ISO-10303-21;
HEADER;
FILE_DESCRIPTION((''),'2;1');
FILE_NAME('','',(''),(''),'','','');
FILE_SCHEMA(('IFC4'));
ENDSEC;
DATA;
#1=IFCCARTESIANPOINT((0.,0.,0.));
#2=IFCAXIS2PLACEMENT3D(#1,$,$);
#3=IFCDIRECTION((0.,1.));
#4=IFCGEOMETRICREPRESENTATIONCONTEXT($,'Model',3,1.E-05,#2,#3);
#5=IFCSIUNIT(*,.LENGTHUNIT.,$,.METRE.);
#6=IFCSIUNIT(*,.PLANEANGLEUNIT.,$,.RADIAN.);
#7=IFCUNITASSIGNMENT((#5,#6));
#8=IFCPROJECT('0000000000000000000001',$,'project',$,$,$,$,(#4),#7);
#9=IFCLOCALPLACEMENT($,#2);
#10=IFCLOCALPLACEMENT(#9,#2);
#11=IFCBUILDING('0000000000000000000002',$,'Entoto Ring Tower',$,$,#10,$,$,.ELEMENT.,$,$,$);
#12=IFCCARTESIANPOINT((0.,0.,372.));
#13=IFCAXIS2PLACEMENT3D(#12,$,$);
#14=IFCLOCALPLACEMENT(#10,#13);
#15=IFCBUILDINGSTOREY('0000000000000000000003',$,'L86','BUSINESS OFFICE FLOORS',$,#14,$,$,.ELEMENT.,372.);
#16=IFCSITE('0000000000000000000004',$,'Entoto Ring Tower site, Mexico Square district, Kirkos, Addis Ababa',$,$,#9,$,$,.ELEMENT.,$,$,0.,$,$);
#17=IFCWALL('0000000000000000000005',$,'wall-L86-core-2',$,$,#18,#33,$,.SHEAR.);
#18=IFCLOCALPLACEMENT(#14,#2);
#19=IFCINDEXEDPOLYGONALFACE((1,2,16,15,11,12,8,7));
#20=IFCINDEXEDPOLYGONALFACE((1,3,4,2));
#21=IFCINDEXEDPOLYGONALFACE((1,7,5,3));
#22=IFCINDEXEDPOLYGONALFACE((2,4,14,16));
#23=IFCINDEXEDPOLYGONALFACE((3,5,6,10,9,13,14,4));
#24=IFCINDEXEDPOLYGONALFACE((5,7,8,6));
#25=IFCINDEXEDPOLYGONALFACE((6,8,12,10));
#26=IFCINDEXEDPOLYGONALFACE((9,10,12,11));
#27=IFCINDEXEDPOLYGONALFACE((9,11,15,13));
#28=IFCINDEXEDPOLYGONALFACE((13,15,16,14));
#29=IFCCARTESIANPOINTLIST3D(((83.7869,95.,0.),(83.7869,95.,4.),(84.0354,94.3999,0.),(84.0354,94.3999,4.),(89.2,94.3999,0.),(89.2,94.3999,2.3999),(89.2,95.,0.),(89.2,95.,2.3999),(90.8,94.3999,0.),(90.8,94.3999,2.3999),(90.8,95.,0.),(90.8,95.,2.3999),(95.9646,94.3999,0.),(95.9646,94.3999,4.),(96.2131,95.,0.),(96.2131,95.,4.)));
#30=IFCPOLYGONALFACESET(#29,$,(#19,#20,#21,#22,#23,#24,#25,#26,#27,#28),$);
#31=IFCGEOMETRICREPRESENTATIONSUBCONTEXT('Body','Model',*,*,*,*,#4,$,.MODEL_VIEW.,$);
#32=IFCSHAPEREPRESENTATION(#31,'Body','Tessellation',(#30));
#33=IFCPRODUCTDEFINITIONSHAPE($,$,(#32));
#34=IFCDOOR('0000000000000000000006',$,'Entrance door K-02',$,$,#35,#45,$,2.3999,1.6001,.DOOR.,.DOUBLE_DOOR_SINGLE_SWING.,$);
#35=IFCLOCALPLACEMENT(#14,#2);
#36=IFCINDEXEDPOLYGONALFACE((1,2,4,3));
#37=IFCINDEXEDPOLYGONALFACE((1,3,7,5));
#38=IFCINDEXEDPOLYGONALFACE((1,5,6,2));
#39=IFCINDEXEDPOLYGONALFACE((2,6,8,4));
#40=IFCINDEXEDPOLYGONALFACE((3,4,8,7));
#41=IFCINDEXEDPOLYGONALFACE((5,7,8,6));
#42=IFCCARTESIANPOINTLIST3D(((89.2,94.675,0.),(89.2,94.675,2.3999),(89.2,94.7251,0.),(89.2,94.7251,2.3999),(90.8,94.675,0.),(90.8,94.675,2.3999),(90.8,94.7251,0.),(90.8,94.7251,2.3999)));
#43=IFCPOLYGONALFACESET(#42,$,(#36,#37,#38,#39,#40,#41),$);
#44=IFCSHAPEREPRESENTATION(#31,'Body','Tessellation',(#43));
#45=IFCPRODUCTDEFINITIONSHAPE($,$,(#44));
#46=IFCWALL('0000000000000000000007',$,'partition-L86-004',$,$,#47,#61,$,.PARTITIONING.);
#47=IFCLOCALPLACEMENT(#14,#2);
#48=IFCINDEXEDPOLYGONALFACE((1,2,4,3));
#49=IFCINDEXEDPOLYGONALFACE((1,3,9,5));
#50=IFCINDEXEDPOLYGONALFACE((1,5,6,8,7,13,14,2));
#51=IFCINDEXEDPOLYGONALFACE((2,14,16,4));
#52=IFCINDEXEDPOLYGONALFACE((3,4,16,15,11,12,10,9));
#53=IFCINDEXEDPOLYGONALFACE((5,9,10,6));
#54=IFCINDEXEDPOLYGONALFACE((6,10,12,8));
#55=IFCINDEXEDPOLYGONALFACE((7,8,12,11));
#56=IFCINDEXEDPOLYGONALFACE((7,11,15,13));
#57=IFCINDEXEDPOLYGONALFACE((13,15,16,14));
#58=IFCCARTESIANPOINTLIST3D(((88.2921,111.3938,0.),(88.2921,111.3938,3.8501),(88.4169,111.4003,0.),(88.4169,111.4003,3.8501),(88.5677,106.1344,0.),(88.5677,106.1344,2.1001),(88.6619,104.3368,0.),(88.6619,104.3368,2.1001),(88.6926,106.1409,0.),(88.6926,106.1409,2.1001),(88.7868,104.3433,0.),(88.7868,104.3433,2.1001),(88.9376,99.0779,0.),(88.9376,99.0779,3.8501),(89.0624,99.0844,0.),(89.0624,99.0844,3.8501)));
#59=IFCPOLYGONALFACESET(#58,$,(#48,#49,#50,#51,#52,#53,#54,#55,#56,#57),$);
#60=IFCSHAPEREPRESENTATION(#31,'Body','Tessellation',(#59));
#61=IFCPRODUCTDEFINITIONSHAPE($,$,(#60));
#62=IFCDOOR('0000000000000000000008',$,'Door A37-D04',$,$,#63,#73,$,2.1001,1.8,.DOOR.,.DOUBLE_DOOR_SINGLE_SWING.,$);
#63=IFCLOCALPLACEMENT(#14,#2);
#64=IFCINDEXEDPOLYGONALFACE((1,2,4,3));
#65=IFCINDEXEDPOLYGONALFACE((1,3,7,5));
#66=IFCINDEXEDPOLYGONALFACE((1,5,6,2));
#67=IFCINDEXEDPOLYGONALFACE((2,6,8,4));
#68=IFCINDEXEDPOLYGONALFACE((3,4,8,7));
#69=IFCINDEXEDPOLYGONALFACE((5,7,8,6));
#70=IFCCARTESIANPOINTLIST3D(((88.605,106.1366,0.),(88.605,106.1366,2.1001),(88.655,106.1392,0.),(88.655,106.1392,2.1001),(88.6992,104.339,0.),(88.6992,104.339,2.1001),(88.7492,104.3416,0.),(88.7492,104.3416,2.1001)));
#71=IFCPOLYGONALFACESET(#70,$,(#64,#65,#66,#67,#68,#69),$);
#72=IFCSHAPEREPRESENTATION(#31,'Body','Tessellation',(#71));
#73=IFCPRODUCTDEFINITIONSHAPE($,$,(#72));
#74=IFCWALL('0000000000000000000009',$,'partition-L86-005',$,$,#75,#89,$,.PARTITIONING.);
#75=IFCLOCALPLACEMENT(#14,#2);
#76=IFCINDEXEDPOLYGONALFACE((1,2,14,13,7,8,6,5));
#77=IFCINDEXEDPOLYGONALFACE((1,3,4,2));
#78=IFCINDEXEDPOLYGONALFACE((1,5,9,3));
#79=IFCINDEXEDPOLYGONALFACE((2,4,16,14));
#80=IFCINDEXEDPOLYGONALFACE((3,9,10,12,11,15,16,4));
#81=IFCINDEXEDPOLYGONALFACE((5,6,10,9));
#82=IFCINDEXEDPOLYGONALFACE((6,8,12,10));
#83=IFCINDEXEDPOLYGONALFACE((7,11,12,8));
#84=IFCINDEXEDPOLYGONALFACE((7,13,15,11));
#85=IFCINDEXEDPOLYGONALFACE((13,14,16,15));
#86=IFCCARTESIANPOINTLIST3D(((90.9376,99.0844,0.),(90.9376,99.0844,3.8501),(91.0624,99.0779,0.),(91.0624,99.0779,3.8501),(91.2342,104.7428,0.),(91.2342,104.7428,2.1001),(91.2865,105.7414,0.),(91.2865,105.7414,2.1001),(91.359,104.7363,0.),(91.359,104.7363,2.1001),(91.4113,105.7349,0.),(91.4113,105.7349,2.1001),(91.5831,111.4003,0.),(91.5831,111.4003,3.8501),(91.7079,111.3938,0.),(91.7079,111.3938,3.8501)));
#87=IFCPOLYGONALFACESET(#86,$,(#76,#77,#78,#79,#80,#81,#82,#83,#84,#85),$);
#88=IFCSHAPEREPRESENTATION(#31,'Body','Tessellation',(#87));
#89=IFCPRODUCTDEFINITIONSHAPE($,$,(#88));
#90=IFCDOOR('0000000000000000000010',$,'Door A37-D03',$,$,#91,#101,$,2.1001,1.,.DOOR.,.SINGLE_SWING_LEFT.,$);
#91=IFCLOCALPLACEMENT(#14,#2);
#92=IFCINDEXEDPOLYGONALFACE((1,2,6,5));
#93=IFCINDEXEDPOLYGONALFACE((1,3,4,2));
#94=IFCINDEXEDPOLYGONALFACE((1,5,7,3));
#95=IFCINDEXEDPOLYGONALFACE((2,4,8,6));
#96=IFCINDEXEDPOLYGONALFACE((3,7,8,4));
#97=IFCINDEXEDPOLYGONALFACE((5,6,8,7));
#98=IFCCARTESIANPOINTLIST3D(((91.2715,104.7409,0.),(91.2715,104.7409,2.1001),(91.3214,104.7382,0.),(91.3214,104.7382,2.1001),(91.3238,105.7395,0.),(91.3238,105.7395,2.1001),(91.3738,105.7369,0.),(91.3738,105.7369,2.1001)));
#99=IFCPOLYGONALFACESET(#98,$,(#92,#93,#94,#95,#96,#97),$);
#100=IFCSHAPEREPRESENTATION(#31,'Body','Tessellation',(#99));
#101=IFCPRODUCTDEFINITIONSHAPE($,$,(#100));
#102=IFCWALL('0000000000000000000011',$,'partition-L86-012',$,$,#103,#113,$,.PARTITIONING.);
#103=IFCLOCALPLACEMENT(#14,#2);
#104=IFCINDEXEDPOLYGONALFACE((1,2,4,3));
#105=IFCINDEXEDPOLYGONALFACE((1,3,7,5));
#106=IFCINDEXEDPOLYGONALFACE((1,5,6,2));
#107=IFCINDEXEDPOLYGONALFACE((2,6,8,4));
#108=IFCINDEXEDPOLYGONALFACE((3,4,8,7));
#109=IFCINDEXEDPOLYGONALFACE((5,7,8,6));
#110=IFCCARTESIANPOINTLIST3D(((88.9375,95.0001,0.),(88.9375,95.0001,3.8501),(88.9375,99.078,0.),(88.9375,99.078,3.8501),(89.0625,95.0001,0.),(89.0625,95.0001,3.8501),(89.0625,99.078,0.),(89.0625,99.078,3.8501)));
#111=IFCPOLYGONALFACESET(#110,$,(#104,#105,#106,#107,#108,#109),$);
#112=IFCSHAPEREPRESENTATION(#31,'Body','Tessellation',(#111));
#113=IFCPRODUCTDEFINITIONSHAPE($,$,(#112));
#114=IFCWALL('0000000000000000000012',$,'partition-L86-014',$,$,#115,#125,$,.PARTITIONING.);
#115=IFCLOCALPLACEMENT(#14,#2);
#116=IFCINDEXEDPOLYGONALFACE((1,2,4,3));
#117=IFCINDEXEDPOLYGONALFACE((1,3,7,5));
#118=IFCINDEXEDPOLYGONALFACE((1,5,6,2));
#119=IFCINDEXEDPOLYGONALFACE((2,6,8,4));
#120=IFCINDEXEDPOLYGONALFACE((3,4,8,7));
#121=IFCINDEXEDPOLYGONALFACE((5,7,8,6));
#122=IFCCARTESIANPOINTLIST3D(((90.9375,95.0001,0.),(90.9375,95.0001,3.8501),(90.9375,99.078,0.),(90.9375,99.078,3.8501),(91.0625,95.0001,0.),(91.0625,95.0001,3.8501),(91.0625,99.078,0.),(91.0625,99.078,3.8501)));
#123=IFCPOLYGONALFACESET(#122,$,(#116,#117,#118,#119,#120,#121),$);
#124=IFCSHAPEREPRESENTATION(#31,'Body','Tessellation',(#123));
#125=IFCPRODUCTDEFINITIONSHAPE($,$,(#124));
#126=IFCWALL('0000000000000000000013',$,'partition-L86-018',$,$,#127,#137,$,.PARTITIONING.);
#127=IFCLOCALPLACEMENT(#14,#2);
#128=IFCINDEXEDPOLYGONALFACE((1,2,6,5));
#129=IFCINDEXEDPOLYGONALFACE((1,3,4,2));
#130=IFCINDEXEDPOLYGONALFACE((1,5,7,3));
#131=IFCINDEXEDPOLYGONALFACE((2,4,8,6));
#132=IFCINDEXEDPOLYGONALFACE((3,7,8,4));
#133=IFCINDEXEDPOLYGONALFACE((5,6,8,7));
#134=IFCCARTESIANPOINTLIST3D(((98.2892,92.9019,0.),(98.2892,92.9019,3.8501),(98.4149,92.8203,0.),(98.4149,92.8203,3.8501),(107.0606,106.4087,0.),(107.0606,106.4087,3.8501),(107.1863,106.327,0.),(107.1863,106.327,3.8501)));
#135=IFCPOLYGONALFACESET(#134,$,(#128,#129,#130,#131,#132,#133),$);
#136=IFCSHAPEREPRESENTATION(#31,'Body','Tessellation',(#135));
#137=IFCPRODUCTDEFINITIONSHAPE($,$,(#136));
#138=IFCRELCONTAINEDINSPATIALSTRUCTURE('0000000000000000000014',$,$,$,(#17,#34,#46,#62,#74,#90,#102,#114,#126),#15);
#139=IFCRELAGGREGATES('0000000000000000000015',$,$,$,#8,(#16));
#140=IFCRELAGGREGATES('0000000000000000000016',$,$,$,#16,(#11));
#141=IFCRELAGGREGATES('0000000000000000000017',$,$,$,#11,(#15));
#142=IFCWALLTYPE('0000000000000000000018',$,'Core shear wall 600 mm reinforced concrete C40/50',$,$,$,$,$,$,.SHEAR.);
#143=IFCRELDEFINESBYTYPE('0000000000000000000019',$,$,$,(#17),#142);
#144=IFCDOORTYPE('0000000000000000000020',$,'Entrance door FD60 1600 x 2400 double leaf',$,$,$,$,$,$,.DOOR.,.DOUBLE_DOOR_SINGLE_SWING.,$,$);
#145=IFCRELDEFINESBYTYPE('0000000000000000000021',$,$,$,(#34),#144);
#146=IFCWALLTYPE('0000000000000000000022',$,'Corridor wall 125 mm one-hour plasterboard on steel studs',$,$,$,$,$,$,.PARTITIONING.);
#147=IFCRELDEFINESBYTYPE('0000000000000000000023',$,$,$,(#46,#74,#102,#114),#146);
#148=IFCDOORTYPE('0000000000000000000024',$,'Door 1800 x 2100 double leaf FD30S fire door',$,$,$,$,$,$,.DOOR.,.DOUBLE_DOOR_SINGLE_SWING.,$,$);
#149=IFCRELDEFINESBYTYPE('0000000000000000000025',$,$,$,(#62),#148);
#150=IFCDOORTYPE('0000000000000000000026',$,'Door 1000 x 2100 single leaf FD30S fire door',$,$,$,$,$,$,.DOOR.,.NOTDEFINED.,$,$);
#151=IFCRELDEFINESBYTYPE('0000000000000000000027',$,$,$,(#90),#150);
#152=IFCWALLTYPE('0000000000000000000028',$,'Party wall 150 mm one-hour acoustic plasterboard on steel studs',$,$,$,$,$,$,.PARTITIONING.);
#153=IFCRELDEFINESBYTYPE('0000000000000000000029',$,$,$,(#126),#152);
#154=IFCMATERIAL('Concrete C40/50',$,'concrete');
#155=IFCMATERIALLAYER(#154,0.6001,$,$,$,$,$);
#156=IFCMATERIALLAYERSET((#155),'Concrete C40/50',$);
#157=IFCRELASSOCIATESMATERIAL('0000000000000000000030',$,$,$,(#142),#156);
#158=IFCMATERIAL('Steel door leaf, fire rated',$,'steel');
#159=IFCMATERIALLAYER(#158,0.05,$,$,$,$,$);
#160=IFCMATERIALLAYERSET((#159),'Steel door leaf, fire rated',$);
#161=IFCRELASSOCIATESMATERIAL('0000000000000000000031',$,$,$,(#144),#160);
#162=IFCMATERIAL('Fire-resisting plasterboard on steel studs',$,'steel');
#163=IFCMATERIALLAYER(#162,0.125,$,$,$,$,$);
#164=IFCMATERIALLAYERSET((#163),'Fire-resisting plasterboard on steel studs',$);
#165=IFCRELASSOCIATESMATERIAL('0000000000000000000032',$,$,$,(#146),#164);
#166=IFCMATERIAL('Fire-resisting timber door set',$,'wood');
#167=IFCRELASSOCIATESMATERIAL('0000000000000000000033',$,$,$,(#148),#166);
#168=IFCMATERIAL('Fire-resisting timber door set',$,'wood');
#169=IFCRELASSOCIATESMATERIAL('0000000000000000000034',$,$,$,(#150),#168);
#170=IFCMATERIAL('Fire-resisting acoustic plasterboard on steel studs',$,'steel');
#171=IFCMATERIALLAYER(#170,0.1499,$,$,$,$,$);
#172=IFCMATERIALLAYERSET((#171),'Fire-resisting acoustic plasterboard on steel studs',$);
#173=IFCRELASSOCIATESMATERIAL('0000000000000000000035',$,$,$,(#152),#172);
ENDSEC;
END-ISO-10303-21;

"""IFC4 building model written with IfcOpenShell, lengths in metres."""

from ifc_helpers import new_model, si_unit, direction, frame, frame_2d, origin, place, context, subcontext, project, spatial, polyline, rectangle, outline, extrude, material, layer, layer_set, type_object, element, fill, save


model = new_model("IFC4")

# Units and contexts
model_context = context("Model", 3, precision=1e-05, world=origin(), true_north=direction((0.0, 1.0)))
body_context = subcontext(model_context, "Body", "Model", "MODEL_VIEW")
ifc_project = project(units=[si_unit("LENGTHUNIT", "METRE"), si_unit("PLANEANGLEUNIT", "RADIAN")], contexts=[model_context])

# Site, building, storey
site_placement = place(None, origin())
site = spatial("IfcSite", under=ifc_project, at=site_placement, Name="Entoto Ring Tower site, Mexico Square district, Kirkos, Addis Ababa", CompositionType="ELEMENT", RefElevation=0.0)
building_placement = place(site_placement, origin())
building = spatial("IfcBuilding", under=site, at=building_placement, Name="Entoto Ring Tower", CompositionType="ELEMENT")
storey_placement = place(building_placement, frame((0.0, 0.0, 372.0)))
storey = spatial("IfcBuildingStorey", under=building, at=storey_placement, Name="L86", Description="BUSINESS OFFICE FLOORS", CompositionType="ELEMENT", Elevation=372.0)

# Walls, openings, doors
ifc_material_1 = material(Name="Concrete C40/50", Category="concrete")
ifc_layer_1 = layer(ifc_material_1, 0.6001)
ifc_layer_set_1 = layer_set([ifc_layer_1], Name="Concrete C40/50")
wall_type_1 = type_object("IfcWallType", Name="Core shear wall 600 mm reinforced concrete C40/50", PredefinedType="SHEAR", material=ifc_layer_set_1)
wall_1_placement = place(storey_placement, frame((96.0889, 94.7, 0.0), z_axis=(0.0, 0.0, 1.0), x_axis=(-1.0, 0.0, 0.0)))
wall_1 = element("IfcWall", 1, at=wall_1_placement, inside=storey, type_object=wall_type_1, Name="wall-L86-core-2", PredefinedType="SHEAR", context=body_context, shape_type="SweptSolid", body=[
    extrude(outline(polyline([(-0.1243, -0.3), (12.302, -0.3), (12.0535, 0.3), (0.1243, 0.3), (-0.1243, -0.3)])), origin(), (0.0, 0.0, 1.0), 4.0),
])
opening_1_placement = place(wall_1_placement, frame((5.2888, 0.0, 0.0)))
opening_1 = element("IfcOpeningElement", 2, at=opening_1_placement, cuts=wall_1, PredefinedType="OPENING", context=body_context, shape_type="SweptSolid", body=[
    extrude(rectangle(XDim=1.6001, YDim=2.3999, at=frame_2d((0.8, 1.2))), frame((0.0, 0.3101, 0.0), z_axis=(0.0, -1.0, 0.0), x_axis=(1.0, 0.0, 0.0)), (0.0, 0.0, 1.0), 0.6201),
])
ifc_material_2 = material(Name="Steel door leaf, fire rated", Category="steel")
ifc_layer_2 = layer(ifc_material_2, 0.05)
ifc_layer_set_2 = layer_set([ifc_layer_2], Name="Steel door leaf, fire rated")
door_type_1 = type_object("IfcDoorType", Name="Entrance door FD60 1600 x 2400 double leaf", OperationType="DOUBLE_DOOR_SINGLE_SWING", PredefinedType="DOOR", material=ifc_layer_set_2)
door_1_placement = place(opening_1_placement, origin())
door_1 = element("IfcDoor", 3, at=door_1_placement, inside=storey, type_object=door_type_1, Name="Entrance door K-02", OperationType="DOUBLE_DOOR_SINGLE_SWING", OverallHeight=2.3999, OverallWidth=1.6001, PredefinedType="DOOR", context=body_context, shape_type="SweptSolid", body=[
    extrude(rectangle(XDim=1.6001, YDim=2.3999, at=frame_2d((0.8, 1.2))), frame((0.0, 0.0249, 0.0), z_axis=(0.0, -1.0, 0.0), x_axis=(1.0, 0.0, 0.0)), (0.0, 0.0, 1.0), 0.05),
])
fill(opening_1, door_1)
ifc_material_3 = material(Name="Fire-resisting plasterboard on steel studs", Category="steel")
ifc_layer_3 = layer(ifc_material_3, 0.125)
ifc_layer_set_3 = layer_set([ifc_layer_3], Name="Fire-resisting plasterboard on steel studs")
wall_type_2 = type_object("IfcWallType", Name="Corridor wall 125 mm one-hour plasterboard on steel studs", PredefinedType="PARTITIONING", material=ifc_layer_set_3)
wall_2_placement = place(storey_placement, frame((89.0, 99.0811, 0.0), z_axis=(0.0, 0.0, 1.0), x_axis=(-0.052341, 0.998629, 0.0)))
wall_2 = element("IfcWall", 4, at=wall_2_placement, inside=storey, type_object=wall_type_2, Name="partition-L86-004", PredefinedType="PARTITIONING", context=body_context, shape_type="SweptSolid", body=[
    extrude(rectangle(XDim=12.3328, YDim=0.125, at=frame_2d((6.1665, 0.0))), origin(), (0.0, 0.0, 1.0), 3.8501),
])
opening_2_placement = place(wall_2_placement, frame((5.2664, 0.0, 0.0)))
opening_2 = element("IfcOpeningElement", 5, at=opening_2_placement, cuts=wall_2, PredefinedType="OPENING", context=body_context, shape_type="SweptSolid", body=[
    extrude(rectangle(XDim=1.8, YDim=2.1001, at=frame_2d((0.8999, 1.05))), frame((0.0, 0.0725, 0.0), z_axis=(0.0, -1.0, 0.0), x_axis=(1.0, 0.0, 0.0)), (0.0, 0.0, 1.0), 0.145),
])
ifc_material_4 = material(Name="Fire-resisting timber door set", Category="wood")
door_type_2 = type_object("IfcDoorType", Name="Door 1800 x 2100 double leaf FD30S fire door", OperationType="DOUBLE_DOOR_SINGLE_SWING", PredefinedType="DOOR", material=ifc_material_4)
door_2_placement = place(opening_2_placement, frame((1.8, 0.0, 0.0), z_axis=(0.0, 0.0, 1.0), x_axis=(-1.0, 0.0, 0.0)))
door_2 = element("IfcDoor", 6, at=door_2_placement, inside=storey, type_object=door_type_2, Name="Door A37-D04", OperationType="DOUBLE_DOOR_SINGLE_SWING", OverallHeight=2.1001, OverallWidth=1.8, PredefinedType="DOOR", context=body_context, shape_type="SweptSolid", body=[
    extrude(rectangle(XDim=1.8, YDim=2.1001, at=frame_2d((0.8999, 1.05))), frame((0.0, 0.0249, 0.0), z_axis=(0.0, -1.0, 0.0), x_axis=(1.0, 0.0, 0.0)), (0.0, 0.0, 1.0), 0.05),
])
fill(opening_2, door_2)
wall_3_placement = place(storey_placement, frame((91.0, 99.0811, 0.0), z_axis=(0.0, 0.0, 1.0), x_axis=(0.052341, 0.998629, 0.0)))
wall_3 = element("IfcWall", 7, at=wall_3_placement, inside=storey, type_object=wall_type_2, Name="partition-L86-005", PredefinedType="PARTITIONING", context=body_context, shape_type="SweptSolid", body=[
    extrude(rectangle(XDim=12.3328, YDim=0.125, at=frame_2d((6.1665, 0.0))), origin(), (0.0, 0.0, 1.0), 3.8501),
])
opening_3_placement = place(wall_3_placement, frame((5.6663, 0.0, 0.0)))
opening_3 = element("IfcOpeningElement", 8, at=opening_3_placement, cuts=wall_3, PredefinedType="OPENING", context=body_context, shape_type="SweptSolid", body=[
    extrude(rectangle(XDim=1.0, YDim=2.1001, at=frame_2d((0.5, 1.05))), frame((0.0, 0.0725, 0.0), z_axis=(0.0, -1.0, 0.0), x_axis=(1.0, 0.0, 0.0)), (0.0, 0.0, 1.0), 0.145),
])
ifc_material_5 = material(Name="Fire-resisting timber door set", Category="wood")
door_type_3 = type_object("IfcDoorType", Name="Door 1000 x 2100 single leaf FD30S fire door", OperationType="NOTDEFINED", PredefinedType="DOOR", material=ifc_material_5)
door_3_placement = place(opening_3_placement, frame((1.0, 0.0, 0.0), z_axis=(0.0, 0.0, 1.0), x_axis=(-1.0, 0.0, 0.0)))
door_3 = element("IfcDoor", 9, at=door_3_placement, inside=storey, type_object=door_type_3, Name="Door A37-D03", OperationType="SINGLE_SWING_LEFT", OverallHeight=2.1001, OverallWidth=1.0, PredefinedType="DOOR", context=body_context, shape_type="SweptSolid", body=[
    extrude(rectangle(XDim=1.0, YDim=2.1001, at=frame_2d((0.5, 1.05))), frame((0.0, 0.0249, 0.0), z_axis=(0.0, -1.0, 0.0), x_axis=(1.0, 0.0, 0.0)), (0.0, 0.0, 1.0), 0.05),
])
fill(opening_3, door_3)

# Walls
for number, where, z_axis, x_axis, name in (
    (10, (89.0, 95.0, 0.0), (0.0, 0.0, 1.0), (0.0, 1.0, 0.0), "partition-L86-012"),
    (11, (91.0, 95.0, 0.0), (0.0, 0.0, 1.0), (0.0, 1.0, 0.0), "partition-L86-014"),
):
    element("IfcWall", number, at=place(storey_placement, frame(where, z_axis=z_axis, x_axis=x_axis)), inside=storey, type_object=wall_type_2, Name=name, PredefinedType="PARTITIONING", context=body_context, shape_type="SweptSolid", body=[
        extrude(rectangle(XDim=4.0779, YDim=0.125, at=frame_2d((2.0391, 0.0))), origin(), (0.0, 0.0, 1.0), 3.8501),
    ])
ifc_material_6 = material(Name="Fire-resisting acoustic plasterboard on steel studs", Category="steel")
ifc_layer_4 = layer(ifc_material_6, 0.1499)
ifc_layer_set_4 = layer_set([ifc_layer_4], Name="Fire-resisting acoustic plasterboard on steel studs")
wall_type_3 = type_object("IfcWallType", Name="Party wall 150 mm one-hour acoustic plasterboard on steel studs", PredefinedType="PARTITIONING", material=ifc_layer_set_4)
wall_4_placement = place(storey_placement, frame((98.3521, 92.8611, 0.0), z_axis=(0.0, 0.0, 1.0), x_axis=(0.544641, 0.838669, 0.0)))
element("IfcWall", 12, at=wall_4_placement, inside=storey, type_object=wall_type_3, Name="partition-L86-018", PredefinedType="PARTITIONING", context=body_context, shape_type="SweptSolid", body=[
    extrude(rectangle(XDim=16.105, YDim=0.1499, at=frame_2d((8.0525, 0.0))), origin(), (0.0, 0.0, 1.0), 3.8501),
])

save(model, "model.ifc")
